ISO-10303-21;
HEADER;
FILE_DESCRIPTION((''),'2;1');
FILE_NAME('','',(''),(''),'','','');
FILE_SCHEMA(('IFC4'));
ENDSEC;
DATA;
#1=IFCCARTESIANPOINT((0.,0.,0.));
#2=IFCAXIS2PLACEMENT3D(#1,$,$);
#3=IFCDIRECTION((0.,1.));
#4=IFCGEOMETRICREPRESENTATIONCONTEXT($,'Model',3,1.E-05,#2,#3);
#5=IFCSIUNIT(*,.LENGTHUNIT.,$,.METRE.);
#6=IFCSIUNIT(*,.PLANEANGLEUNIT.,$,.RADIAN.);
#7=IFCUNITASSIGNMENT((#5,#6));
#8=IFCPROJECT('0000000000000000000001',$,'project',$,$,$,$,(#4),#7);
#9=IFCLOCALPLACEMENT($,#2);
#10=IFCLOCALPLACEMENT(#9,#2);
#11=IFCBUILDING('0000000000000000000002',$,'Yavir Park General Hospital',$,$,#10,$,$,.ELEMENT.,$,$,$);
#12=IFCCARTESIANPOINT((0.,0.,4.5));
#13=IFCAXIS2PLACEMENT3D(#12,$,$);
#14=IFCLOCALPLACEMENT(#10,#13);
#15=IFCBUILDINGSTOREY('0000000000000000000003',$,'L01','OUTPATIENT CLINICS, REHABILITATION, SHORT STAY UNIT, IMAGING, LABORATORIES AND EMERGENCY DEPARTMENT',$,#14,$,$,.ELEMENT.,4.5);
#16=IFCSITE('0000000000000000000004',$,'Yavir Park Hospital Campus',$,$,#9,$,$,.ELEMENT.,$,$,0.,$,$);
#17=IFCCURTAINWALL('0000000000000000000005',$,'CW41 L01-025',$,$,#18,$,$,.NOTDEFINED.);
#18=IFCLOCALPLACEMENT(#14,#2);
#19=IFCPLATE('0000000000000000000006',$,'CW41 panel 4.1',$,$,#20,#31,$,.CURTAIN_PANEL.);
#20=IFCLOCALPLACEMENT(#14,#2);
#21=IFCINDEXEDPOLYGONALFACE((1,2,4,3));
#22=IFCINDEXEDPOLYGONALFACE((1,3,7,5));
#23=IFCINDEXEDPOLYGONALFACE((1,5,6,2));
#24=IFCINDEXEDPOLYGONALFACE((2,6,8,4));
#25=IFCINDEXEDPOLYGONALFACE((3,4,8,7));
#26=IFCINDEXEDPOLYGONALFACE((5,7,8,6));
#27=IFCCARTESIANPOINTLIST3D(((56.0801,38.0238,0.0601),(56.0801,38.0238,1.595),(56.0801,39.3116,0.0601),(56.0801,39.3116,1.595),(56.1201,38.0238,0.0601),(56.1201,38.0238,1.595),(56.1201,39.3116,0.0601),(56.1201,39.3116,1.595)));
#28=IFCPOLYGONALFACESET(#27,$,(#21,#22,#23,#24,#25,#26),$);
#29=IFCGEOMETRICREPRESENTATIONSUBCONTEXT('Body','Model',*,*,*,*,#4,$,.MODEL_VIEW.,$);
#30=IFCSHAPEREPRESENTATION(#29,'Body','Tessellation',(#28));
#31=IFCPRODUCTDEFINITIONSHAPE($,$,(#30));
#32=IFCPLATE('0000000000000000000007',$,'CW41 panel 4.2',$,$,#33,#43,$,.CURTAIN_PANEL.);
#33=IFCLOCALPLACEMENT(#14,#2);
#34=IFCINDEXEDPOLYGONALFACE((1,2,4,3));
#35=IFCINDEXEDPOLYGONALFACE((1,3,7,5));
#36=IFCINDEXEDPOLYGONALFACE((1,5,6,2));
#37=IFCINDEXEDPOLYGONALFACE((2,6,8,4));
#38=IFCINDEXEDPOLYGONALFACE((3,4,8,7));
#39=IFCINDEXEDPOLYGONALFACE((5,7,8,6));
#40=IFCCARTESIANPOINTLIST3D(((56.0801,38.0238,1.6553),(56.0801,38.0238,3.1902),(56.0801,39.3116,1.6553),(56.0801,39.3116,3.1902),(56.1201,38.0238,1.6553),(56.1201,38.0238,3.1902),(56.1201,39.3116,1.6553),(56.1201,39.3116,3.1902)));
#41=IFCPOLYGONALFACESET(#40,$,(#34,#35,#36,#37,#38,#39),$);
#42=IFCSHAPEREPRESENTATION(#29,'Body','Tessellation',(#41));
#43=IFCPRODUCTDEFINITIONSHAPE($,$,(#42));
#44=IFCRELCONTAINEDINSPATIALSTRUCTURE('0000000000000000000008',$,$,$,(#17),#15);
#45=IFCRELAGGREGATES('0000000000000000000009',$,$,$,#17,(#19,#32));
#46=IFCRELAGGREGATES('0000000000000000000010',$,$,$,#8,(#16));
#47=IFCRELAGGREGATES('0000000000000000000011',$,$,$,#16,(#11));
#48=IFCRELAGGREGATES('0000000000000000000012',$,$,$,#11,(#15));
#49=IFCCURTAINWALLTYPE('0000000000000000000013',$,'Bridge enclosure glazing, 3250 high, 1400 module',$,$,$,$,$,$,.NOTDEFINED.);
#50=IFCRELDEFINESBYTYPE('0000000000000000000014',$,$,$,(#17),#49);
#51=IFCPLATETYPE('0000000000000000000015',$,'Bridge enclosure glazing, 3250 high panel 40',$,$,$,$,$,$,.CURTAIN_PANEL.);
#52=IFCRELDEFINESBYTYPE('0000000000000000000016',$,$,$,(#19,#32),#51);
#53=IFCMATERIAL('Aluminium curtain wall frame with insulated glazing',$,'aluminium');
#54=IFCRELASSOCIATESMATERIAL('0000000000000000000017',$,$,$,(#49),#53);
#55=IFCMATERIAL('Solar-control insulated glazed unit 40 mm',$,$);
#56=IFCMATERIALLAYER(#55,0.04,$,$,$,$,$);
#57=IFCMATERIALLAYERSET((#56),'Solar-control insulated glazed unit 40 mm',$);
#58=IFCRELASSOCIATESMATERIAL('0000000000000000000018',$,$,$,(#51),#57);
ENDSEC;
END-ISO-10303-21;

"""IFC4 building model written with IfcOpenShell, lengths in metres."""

from ifc_helpers import new_model, si_unit, direction, frame, origin, origin_2d, place, context, subcontext, project, spatial, rectangle, extrude, material, layer, layer_set, type_object, element, aggregate, save


model = new_model("IFC4")

# Units and contexts
model_context = context("Model", 3, precision=1e-05, world=origin(), true_north=direction((0.0, 1.0)))
body_context = subcontext(model_context, "Body", "Model", "MODEL_VIEW")
ifc_project = project(units=[si_unit("LENGTHUNIT", "METRE"), si_unit("PLANEANGLEUNIT", "RADIAN")], contexts=[model_context])

# Site, building, storey
site_placement = place(None, origin())
site = spatial("IfcSite", under=ifc_project, at=site_placement, Name="Yavir Park Hospital Campus", CompositionType="ELEMENT", RefElevation=0.0)
building_placement = place(site_placement, origin())
building = spatial("IfcBuilding", under=site, at=building_placement, Name="Yavir Park General Hospital", CompositionType="ELEMENT")
storey_placement = place(building_placement, frame((0.0, 0.0, 4.5)))
storey = spatial("IfcBuildingStorey", under=building, at=storey_placement, Name="L01", Description="OUTPATIENT CLINICS, REHABILITATION, SHORT STAY UNIT, IMAGING, LABORATORIES AND EMERGENCY DEPARTMENT", CompositionType="ELEMENT", Elevation=4.5)

# Curtain wall
ifc_material_1 = material(Name="Aluminium curtain wall frame with insulated glazing", Category="aluminium")
curtain_wall_type = type_object("IfcCurtainWallType", Name="Bridge enclosure glazing, 3250 high, 1400 module", PredefinedType="NOTDEFINED", material=ifc_material_1)
curtain_wall_placement = place(storey_placement, origin())
curtain_wall = element("IfcCurtainWall", 1, at=curtain_wall_placement, inside=storey, type_object=curtain_wall_type, Name="CW41 L01-025", PredefinedType="NOTDEFINED")

# Plates
ifc_material_2 = material(Name="Solar-control insulated glazed unit 40 mm")
ifc_layer = layer(ifc_material_2, 0.04)
ifc_layer_set = layer_set([ifc_layer], Name="Solar-control insulated glazed unit 40 mm")
plate_type = type_object("IfcPlateType", Name="Bridge enclosure glazing, 3250 high panel 40", PredefinedType="CURTAIN_PANEL", material=ifc_layer_set)
plate_1_placement = place(storey_placement, frame((56.1001, 38.6677, 0.0601), z_axis=(0.0, 0.0, 1.0), x_axis=(0.0, 1.0, 0.0)))
plate_1 = element("IfcPlate", 2, at=plate_1_placement, type_object=plate_type, Name="CW41 panel 4.1", PredefinedType="CURTAIN_PANEL", context=body_context, shape_type="SweptSolid", body=[
    extrude(rectangle(XDim=1.2878, YDim=0.04, at=origin_2d()), origin(), (0.0, 0.0, 1.0), 1.5349),
])
plate_2_placement = place(storey_placement, frame((56.1001, 38.6677, 1.6553), z_axis=(0.0, 0.0, 1.0), x_axis=(0.0, 1.0, 0.0)))
plate_2 = element("IfcPlate", 3, at=plate_2_placement, type_object=plate_type, Name="CW41 panel 4.2", PredefinedType="CURTAIN_PANEL", context=body_context, shape_type="SweptSolid", body=[
    extrude(rectangle(XDim=1.2878, YDim=0.04, at=origin_2d()), origin(), (0.0, 0.0, 1.0), 1.5349),
])
aggregate(curtain_wall, [plate_1, plate_2])

save(model, "model.ifc")
